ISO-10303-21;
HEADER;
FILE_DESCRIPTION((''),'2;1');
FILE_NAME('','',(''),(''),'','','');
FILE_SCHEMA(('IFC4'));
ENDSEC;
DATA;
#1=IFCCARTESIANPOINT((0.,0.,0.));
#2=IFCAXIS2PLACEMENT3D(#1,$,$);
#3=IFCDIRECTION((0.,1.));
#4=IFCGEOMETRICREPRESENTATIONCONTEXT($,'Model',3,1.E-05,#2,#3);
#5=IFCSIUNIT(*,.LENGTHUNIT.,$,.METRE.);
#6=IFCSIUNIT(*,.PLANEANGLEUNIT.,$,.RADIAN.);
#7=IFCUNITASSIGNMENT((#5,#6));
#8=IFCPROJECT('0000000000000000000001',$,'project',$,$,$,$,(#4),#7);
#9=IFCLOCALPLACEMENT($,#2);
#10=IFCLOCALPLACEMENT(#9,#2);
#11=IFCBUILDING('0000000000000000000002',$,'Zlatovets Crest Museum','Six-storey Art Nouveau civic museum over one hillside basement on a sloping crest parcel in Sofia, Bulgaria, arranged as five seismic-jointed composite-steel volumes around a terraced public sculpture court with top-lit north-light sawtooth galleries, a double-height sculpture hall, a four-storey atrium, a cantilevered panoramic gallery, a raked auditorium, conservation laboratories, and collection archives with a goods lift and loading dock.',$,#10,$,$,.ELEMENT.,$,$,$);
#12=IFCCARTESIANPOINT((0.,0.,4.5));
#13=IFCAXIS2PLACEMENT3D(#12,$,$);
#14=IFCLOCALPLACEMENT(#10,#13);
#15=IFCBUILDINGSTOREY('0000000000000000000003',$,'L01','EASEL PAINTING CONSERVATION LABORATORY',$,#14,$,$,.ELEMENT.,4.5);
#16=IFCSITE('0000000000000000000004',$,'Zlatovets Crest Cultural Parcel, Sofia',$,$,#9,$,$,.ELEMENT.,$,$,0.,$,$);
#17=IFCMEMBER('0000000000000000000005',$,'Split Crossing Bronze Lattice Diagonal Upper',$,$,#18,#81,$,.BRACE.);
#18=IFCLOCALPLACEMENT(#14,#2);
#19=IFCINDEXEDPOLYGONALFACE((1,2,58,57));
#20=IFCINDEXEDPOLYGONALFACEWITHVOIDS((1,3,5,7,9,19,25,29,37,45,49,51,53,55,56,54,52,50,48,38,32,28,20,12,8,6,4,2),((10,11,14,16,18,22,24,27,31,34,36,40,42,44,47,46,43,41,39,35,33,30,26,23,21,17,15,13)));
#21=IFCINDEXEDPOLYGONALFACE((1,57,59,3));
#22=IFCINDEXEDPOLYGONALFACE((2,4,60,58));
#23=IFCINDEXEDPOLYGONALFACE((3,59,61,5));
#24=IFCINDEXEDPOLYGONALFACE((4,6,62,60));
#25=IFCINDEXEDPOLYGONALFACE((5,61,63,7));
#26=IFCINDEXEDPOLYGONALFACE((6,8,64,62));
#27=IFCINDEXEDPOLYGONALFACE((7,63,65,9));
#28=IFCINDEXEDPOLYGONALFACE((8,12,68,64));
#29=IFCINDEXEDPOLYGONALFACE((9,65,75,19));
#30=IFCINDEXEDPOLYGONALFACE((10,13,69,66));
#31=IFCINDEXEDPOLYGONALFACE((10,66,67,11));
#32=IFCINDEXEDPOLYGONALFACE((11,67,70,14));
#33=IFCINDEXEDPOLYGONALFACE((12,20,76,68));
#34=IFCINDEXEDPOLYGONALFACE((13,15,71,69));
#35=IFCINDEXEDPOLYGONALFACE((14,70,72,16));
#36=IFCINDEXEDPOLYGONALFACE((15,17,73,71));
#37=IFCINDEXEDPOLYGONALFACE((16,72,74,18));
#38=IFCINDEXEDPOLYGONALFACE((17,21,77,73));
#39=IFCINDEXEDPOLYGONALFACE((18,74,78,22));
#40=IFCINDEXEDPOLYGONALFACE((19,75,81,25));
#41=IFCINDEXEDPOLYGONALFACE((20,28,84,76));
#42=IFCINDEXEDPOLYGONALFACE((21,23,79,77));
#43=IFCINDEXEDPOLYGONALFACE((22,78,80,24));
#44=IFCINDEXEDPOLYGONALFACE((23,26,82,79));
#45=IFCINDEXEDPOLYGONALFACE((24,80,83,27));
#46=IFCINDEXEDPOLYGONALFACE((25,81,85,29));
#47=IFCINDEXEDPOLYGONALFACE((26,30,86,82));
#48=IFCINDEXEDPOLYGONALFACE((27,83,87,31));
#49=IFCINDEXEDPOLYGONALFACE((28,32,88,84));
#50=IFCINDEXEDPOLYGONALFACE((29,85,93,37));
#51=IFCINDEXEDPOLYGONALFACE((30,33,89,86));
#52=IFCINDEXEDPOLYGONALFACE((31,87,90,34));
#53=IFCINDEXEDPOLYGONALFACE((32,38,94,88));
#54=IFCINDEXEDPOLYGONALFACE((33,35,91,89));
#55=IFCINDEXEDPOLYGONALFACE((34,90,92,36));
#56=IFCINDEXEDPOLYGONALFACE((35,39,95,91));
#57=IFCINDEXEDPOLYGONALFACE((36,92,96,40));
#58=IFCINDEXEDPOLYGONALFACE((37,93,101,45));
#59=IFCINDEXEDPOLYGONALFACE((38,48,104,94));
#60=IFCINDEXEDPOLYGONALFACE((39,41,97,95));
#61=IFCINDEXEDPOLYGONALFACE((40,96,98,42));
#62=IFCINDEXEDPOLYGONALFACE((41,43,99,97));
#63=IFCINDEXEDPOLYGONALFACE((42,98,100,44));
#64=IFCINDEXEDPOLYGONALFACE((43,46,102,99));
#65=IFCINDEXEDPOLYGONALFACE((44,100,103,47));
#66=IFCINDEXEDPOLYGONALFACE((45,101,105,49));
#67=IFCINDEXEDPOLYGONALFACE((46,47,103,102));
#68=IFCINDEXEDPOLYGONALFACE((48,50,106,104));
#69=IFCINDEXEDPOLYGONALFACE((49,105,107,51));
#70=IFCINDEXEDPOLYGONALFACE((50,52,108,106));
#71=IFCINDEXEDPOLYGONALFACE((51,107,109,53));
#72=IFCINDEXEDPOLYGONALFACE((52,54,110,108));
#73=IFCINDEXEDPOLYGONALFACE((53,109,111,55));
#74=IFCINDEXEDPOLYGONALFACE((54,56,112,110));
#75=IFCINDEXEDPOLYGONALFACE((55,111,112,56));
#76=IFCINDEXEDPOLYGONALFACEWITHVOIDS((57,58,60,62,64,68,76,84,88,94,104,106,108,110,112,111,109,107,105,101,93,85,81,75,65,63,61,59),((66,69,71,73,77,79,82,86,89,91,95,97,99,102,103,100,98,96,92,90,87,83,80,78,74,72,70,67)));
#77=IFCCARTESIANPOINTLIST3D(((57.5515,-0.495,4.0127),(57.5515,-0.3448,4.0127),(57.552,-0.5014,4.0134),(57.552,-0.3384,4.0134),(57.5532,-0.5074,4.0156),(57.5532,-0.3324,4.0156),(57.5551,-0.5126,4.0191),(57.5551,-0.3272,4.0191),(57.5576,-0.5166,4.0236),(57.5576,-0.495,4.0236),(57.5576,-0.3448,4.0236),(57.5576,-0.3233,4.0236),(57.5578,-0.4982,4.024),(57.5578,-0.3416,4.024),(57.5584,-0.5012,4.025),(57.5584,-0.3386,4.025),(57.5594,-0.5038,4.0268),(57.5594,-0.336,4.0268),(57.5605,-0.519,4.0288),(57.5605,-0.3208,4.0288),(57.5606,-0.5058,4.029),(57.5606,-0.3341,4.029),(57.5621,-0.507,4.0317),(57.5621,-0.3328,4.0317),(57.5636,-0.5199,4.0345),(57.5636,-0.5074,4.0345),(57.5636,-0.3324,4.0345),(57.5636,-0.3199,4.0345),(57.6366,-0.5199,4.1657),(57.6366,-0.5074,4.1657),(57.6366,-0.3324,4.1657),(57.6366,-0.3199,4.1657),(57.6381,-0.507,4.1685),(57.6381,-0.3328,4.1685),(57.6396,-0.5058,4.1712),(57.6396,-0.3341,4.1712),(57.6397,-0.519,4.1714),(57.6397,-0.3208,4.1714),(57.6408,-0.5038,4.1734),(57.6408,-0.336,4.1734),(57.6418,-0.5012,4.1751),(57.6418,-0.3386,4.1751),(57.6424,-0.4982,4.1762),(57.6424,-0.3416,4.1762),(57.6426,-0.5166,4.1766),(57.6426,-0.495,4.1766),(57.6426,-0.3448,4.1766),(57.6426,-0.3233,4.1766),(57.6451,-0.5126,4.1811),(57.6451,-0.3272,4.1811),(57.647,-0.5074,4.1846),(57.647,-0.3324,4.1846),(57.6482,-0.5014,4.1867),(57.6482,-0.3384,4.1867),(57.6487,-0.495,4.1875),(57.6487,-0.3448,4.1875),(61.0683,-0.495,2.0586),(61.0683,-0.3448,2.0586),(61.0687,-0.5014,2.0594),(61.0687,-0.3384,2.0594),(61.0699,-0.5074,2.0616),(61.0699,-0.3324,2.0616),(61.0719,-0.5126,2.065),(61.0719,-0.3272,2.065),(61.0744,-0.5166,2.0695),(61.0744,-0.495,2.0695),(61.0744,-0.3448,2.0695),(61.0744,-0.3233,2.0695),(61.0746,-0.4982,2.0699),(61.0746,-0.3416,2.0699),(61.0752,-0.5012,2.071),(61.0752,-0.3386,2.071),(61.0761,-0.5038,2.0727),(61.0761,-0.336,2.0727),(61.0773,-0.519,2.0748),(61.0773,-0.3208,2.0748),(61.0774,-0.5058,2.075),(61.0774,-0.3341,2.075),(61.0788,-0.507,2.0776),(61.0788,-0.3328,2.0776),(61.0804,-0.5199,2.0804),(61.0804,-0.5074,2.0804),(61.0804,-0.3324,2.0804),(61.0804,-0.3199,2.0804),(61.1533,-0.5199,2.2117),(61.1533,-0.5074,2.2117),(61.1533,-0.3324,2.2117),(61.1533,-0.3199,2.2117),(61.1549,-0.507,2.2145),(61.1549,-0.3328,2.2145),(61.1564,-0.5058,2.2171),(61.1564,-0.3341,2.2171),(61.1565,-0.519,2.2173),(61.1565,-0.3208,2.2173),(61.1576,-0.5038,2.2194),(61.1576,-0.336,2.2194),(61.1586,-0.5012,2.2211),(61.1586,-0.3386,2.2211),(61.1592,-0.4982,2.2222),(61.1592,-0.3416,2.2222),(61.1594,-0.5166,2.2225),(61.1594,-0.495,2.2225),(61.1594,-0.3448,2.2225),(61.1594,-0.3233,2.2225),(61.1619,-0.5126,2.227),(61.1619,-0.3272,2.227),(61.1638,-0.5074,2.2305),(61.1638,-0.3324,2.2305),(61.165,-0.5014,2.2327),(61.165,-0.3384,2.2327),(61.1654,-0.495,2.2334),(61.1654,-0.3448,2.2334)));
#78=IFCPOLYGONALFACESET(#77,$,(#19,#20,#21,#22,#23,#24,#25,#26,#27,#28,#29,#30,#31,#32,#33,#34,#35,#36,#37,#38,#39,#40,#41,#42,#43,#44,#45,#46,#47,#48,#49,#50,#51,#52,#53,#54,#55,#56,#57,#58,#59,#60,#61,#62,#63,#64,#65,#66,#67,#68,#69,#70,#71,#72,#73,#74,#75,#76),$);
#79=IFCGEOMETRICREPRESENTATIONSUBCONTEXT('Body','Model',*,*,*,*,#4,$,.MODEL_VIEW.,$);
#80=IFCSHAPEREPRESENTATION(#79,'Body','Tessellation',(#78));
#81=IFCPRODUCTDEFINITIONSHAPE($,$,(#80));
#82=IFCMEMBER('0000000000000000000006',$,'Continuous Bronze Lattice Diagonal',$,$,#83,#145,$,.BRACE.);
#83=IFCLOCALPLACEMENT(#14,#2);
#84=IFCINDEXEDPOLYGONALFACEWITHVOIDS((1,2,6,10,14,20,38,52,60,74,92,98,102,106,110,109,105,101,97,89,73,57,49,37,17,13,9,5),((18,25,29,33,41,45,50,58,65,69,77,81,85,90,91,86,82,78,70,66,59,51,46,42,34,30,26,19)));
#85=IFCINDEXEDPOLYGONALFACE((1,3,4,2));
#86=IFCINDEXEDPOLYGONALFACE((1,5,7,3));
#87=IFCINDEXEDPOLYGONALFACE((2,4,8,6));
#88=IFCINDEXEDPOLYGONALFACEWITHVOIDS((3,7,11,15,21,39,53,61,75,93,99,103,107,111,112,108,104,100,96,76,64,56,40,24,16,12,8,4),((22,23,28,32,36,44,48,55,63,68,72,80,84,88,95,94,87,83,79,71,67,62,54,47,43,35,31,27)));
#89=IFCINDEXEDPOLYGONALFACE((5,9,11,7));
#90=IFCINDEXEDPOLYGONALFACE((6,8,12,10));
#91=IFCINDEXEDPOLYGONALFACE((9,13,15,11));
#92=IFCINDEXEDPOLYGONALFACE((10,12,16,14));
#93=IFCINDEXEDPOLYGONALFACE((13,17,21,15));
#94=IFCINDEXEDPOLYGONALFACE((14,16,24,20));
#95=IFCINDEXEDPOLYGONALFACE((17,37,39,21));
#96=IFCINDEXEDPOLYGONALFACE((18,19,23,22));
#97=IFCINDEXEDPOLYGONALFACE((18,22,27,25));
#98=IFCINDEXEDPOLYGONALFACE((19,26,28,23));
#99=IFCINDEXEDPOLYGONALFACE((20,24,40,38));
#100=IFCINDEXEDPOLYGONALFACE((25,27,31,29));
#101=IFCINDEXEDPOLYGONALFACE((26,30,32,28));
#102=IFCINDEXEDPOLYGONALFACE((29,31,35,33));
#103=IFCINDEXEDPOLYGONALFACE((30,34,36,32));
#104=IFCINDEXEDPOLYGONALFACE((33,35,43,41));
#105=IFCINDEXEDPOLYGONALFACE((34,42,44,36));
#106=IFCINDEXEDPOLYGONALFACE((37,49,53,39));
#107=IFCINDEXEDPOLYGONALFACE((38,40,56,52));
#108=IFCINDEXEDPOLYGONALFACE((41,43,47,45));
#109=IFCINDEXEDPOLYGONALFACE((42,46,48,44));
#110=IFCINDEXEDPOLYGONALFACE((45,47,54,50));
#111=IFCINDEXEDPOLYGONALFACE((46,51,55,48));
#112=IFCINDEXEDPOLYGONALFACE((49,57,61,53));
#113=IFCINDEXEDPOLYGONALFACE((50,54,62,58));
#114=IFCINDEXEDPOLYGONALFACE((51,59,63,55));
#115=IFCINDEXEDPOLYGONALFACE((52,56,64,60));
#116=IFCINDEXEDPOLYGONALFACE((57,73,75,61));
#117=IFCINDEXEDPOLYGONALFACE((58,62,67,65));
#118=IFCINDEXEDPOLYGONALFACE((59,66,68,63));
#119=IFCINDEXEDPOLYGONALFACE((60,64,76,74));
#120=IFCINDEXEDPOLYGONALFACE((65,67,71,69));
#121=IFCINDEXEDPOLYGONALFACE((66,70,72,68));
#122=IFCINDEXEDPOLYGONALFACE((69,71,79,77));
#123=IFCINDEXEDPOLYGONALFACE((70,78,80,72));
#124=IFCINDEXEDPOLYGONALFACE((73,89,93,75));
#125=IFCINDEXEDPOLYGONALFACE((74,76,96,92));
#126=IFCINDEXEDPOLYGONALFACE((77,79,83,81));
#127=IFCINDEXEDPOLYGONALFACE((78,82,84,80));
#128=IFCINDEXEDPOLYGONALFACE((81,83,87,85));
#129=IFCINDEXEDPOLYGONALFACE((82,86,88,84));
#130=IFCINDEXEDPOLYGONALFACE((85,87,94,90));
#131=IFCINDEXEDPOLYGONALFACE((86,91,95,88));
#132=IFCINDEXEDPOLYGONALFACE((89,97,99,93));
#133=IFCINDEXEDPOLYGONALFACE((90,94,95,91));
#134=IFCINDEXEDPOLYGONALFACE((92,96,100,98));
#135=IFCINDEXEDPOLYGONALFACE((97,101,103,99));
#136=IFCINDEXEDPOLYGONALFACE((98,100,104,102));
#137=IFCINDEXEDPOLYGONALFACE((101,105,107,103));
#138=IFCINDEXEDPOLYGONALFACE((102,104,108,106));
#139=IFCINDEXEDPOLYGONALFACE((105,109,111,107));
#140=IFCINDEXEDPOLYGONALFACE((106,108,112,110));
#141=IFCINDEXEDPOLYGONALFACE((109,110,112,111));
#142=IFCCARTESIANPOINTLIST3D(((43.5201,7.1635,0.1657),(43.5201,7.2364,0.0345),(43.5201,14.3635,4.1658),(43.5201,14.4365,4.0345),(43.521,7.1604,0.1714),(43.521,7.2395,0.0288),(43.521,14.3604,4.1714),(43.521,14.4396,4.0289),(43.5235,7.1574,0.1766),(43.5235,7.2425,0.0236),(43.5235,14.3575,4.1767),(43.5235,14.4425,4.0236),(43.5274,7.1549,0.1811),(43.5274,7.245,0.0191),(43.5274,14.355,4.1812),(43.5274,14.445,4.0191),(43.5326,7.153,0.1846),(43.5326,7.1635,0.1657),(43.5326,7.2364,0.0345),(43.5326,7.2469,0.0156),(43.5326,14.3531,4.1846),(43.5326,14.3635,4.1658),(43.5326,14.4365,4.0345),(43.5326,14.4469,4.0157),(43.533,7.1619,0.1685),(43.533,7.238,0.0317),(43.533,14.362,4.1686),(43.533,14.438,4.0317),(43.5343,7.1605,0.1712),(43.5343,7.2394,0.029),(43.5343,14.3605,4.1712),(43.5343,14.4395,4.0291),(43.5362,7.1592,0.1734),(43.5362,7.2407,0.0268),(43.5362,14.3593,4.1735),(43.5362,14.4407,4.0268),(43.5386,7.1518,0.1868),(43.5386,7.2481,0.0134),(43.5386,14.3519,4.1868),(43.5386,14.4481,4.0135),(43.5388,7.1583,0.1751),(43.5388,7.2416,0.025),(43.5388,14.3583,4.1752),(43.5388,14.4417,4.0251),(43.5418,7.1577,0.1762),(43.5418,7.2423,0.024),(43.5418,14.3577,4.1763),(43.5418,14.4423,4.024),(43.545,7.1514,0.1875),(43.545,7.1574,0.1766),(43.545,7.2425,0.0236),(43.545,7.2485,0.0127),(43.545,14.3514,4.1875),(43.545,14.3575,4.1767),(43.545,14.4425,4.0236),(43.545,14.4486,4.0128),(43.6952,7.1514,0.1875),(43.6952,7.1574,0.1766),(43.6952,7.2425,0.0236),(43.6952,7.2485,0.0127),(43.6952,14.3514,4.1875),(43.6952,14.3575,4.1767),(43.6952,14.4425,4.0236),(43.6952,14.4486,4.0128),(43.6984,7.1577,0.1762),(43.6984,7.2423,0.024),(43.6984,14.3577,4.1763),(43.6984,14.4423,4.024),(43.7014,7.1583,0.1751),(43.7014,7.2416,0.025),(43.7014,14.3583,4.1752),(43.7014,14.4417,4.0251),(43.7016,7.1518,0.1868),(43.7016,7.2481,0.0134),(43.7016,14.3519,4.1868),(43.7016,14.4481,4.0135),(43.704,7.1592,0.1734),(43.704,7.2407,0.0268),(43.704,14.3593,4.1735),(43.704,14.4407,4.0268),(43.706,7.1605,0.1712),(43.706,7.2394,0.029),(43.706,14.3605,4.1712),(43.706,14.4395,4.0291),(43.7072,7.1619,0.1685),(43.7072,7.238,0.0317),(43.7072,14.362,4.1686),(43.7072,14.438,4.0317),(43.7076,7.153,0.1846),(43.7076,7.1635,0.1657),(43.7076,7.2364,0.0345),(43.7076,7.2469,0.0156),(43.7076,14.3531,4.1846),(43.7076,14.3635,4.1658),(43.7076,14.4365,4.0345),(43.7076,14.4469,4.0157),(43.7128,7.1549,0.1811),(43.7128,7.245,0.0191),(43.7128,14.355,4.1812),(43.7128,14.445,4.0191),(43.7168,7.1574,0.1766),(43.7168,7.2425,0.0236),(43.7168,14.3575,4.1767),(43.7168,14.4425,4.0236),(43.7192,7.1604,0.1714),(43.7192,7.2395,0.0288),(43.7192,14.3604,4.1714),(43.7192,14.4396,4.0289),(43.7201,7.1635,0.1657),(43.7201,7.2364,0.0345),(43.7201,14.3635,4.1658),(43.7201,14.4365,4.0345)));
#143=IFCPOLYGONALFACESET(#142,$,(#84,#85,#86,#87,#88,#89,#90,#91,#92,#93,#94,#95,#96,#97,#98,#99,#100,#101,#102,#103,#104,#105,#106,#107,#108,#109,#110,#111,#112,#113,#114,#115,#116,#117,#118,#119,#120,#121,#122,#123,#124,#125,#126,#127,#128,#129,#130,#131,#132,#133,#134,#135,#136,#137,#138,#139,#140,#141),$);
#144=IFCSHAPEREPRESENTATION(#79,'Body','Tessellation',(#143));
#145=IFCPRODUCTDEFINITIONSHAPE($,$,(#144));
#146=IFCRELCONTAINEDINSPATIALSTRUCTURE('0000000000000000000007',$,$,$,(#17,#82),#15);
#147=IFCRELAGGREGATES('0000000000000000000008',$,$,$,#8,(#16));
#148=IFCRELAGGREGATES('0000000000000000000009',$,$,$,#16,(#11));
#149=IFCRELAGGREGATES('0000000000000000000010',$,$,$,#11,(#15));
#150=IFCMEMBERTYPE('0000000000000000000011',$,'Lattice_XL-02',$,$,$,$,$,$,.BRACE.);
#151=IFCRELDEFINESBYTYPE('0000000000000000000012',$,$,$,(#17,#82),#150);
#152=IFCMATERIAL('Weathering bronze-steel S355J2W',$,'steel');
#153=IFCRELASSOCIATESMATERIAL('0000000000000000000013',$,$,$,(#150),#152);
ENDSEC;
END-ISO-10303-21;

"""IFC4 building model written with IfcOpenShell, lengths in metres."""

from ifc_helpers import new_model, si_unit, direction, frame, origin, origin_2d, place, context, subcontext, project, spatial, hollow_rectangle, extrude, material, material_profile, profile_set, type_object, element, save


model = new_model("IFC4")

# Units and contexts
model_context = context("Model", 3, precision=1e-05, world=origin(), true_north=direction((0.0, 1.0)))
body_context = subcontext(model_context, "Body", "Model", "MODEL_VIEW")
ifc_project = project(units=[si_unit("LENGTHUNIT", "METRE"), si_unit("PLANEANGLEUNIT", "RADIAN")], contexts=[model_context])

# Site, building, storey
site_placement = place(None, origin())
site = spatial("IfcSite", under=ifc_project, at=site_placement, Name="Zlatovets Crest Cultural Parcel, Sofia", CompositionType="ELEMENT", RefElevation=0.0)
building_placement = place(site_placement, origin())
building = spatial("IfcBuilding", under=site, at=building_placement, Name="Zlatovets Crest Museum", Description="Six-storey Art Nouveau civic museum over one hillside basement on a sloping crest parcel in Sofia, Bulgaria, arranged as five seismic-jointed composite-steel volumes around a terraced public sculpture court with top-lit north-light sawtooth galleries, a double-height sculpture hall, a four-storey atrium, a cantilevered panoramic gallery, a raked auditorium, conservation laboratories, and collection archives with a goods lift and loading dock.", CompositionType="ELEMENT")
storey_placement = place(building_placement, frame((0.0, 0.0, 4.5)))
storey = spatial("IfcBuildingStorey", under=building, at=storey_placement, Name="L01", Description="EASEL PAINTING CONSERVATION LABORATORY", CompositionType="ELEMENT", Elevation=4.5)

# Members
ifc_material_1 = material(Name="Weathering bronze-steel S355J2W", Category="steel")
ifc_material_profile_1 = material_profile(ifc_material_1, hollow_rectangle(XDim=0.2, YDim=0.2, WallThickness=0.0125, InnerFilletRadius=0.0125, OuterFilletRadius=0.0249, at=origin_2d()), Name="SHS 200x200x12.5")
ifc_profile_set_1 = profile_set([ifc_material_profile_1], Name="Weathering bronze-steel S355J2W")
member_type_1 = type_object("IfcMemberType", Name="Lattice_XL-02", PredefinedType="BRACE", material=ifc_profile_set_1)
member_1_placement = place(storey_placement, frame((57.6001, -0.4199, 4.1001), z_axis=(0.874126, 0.0, -0.4857), x_axis=(0.0, 1.0, 0.0)))
element("IfcMember", 1, at=member_1_placement, inside=storey, type_object=member_type_1, Name="Split Crossing Bronze Lattice Diagonal Upper", PredefinedType="BRACE", context=body_context, shape_type="SweptSolid", body=[
    extrude(hollow_rectangle(XDim=0.2, YDim=0.2, WallThickness=0.0125, InnerFilletRadius=0.0125, OuterFilletRadius=0.0249, at=origin_2d()), origin(), (0.0, 0.0, 1.0), 4.0232),
])
member_2_placement = place(storey_placement, frame((43.6201, 7.2, 0.1001), z_axis=(0.0, 0.874156, 0.485645), x_axis=(-1.0, 0.0, 0.0)))
element("IfcMember", 2, at=member_2_placement, inside=storey, type_object=member_type_1, Name="Continuous Bronze Lattice Diagonal", PredefinedType="BRACE", context=body_context, shape_type="SweptSolid", body=[
    extrude(hollow_rectangle(XDim=0.2, YDim=0.2, WallThickness=0.0125, InnerFilletRadius=0.0125, OuterFilletRadius=0.0249, at=origin_2d()), origin(), (0.0, 0.0, 1.0), 8.2366),
])

save(model, "model.ifc")
